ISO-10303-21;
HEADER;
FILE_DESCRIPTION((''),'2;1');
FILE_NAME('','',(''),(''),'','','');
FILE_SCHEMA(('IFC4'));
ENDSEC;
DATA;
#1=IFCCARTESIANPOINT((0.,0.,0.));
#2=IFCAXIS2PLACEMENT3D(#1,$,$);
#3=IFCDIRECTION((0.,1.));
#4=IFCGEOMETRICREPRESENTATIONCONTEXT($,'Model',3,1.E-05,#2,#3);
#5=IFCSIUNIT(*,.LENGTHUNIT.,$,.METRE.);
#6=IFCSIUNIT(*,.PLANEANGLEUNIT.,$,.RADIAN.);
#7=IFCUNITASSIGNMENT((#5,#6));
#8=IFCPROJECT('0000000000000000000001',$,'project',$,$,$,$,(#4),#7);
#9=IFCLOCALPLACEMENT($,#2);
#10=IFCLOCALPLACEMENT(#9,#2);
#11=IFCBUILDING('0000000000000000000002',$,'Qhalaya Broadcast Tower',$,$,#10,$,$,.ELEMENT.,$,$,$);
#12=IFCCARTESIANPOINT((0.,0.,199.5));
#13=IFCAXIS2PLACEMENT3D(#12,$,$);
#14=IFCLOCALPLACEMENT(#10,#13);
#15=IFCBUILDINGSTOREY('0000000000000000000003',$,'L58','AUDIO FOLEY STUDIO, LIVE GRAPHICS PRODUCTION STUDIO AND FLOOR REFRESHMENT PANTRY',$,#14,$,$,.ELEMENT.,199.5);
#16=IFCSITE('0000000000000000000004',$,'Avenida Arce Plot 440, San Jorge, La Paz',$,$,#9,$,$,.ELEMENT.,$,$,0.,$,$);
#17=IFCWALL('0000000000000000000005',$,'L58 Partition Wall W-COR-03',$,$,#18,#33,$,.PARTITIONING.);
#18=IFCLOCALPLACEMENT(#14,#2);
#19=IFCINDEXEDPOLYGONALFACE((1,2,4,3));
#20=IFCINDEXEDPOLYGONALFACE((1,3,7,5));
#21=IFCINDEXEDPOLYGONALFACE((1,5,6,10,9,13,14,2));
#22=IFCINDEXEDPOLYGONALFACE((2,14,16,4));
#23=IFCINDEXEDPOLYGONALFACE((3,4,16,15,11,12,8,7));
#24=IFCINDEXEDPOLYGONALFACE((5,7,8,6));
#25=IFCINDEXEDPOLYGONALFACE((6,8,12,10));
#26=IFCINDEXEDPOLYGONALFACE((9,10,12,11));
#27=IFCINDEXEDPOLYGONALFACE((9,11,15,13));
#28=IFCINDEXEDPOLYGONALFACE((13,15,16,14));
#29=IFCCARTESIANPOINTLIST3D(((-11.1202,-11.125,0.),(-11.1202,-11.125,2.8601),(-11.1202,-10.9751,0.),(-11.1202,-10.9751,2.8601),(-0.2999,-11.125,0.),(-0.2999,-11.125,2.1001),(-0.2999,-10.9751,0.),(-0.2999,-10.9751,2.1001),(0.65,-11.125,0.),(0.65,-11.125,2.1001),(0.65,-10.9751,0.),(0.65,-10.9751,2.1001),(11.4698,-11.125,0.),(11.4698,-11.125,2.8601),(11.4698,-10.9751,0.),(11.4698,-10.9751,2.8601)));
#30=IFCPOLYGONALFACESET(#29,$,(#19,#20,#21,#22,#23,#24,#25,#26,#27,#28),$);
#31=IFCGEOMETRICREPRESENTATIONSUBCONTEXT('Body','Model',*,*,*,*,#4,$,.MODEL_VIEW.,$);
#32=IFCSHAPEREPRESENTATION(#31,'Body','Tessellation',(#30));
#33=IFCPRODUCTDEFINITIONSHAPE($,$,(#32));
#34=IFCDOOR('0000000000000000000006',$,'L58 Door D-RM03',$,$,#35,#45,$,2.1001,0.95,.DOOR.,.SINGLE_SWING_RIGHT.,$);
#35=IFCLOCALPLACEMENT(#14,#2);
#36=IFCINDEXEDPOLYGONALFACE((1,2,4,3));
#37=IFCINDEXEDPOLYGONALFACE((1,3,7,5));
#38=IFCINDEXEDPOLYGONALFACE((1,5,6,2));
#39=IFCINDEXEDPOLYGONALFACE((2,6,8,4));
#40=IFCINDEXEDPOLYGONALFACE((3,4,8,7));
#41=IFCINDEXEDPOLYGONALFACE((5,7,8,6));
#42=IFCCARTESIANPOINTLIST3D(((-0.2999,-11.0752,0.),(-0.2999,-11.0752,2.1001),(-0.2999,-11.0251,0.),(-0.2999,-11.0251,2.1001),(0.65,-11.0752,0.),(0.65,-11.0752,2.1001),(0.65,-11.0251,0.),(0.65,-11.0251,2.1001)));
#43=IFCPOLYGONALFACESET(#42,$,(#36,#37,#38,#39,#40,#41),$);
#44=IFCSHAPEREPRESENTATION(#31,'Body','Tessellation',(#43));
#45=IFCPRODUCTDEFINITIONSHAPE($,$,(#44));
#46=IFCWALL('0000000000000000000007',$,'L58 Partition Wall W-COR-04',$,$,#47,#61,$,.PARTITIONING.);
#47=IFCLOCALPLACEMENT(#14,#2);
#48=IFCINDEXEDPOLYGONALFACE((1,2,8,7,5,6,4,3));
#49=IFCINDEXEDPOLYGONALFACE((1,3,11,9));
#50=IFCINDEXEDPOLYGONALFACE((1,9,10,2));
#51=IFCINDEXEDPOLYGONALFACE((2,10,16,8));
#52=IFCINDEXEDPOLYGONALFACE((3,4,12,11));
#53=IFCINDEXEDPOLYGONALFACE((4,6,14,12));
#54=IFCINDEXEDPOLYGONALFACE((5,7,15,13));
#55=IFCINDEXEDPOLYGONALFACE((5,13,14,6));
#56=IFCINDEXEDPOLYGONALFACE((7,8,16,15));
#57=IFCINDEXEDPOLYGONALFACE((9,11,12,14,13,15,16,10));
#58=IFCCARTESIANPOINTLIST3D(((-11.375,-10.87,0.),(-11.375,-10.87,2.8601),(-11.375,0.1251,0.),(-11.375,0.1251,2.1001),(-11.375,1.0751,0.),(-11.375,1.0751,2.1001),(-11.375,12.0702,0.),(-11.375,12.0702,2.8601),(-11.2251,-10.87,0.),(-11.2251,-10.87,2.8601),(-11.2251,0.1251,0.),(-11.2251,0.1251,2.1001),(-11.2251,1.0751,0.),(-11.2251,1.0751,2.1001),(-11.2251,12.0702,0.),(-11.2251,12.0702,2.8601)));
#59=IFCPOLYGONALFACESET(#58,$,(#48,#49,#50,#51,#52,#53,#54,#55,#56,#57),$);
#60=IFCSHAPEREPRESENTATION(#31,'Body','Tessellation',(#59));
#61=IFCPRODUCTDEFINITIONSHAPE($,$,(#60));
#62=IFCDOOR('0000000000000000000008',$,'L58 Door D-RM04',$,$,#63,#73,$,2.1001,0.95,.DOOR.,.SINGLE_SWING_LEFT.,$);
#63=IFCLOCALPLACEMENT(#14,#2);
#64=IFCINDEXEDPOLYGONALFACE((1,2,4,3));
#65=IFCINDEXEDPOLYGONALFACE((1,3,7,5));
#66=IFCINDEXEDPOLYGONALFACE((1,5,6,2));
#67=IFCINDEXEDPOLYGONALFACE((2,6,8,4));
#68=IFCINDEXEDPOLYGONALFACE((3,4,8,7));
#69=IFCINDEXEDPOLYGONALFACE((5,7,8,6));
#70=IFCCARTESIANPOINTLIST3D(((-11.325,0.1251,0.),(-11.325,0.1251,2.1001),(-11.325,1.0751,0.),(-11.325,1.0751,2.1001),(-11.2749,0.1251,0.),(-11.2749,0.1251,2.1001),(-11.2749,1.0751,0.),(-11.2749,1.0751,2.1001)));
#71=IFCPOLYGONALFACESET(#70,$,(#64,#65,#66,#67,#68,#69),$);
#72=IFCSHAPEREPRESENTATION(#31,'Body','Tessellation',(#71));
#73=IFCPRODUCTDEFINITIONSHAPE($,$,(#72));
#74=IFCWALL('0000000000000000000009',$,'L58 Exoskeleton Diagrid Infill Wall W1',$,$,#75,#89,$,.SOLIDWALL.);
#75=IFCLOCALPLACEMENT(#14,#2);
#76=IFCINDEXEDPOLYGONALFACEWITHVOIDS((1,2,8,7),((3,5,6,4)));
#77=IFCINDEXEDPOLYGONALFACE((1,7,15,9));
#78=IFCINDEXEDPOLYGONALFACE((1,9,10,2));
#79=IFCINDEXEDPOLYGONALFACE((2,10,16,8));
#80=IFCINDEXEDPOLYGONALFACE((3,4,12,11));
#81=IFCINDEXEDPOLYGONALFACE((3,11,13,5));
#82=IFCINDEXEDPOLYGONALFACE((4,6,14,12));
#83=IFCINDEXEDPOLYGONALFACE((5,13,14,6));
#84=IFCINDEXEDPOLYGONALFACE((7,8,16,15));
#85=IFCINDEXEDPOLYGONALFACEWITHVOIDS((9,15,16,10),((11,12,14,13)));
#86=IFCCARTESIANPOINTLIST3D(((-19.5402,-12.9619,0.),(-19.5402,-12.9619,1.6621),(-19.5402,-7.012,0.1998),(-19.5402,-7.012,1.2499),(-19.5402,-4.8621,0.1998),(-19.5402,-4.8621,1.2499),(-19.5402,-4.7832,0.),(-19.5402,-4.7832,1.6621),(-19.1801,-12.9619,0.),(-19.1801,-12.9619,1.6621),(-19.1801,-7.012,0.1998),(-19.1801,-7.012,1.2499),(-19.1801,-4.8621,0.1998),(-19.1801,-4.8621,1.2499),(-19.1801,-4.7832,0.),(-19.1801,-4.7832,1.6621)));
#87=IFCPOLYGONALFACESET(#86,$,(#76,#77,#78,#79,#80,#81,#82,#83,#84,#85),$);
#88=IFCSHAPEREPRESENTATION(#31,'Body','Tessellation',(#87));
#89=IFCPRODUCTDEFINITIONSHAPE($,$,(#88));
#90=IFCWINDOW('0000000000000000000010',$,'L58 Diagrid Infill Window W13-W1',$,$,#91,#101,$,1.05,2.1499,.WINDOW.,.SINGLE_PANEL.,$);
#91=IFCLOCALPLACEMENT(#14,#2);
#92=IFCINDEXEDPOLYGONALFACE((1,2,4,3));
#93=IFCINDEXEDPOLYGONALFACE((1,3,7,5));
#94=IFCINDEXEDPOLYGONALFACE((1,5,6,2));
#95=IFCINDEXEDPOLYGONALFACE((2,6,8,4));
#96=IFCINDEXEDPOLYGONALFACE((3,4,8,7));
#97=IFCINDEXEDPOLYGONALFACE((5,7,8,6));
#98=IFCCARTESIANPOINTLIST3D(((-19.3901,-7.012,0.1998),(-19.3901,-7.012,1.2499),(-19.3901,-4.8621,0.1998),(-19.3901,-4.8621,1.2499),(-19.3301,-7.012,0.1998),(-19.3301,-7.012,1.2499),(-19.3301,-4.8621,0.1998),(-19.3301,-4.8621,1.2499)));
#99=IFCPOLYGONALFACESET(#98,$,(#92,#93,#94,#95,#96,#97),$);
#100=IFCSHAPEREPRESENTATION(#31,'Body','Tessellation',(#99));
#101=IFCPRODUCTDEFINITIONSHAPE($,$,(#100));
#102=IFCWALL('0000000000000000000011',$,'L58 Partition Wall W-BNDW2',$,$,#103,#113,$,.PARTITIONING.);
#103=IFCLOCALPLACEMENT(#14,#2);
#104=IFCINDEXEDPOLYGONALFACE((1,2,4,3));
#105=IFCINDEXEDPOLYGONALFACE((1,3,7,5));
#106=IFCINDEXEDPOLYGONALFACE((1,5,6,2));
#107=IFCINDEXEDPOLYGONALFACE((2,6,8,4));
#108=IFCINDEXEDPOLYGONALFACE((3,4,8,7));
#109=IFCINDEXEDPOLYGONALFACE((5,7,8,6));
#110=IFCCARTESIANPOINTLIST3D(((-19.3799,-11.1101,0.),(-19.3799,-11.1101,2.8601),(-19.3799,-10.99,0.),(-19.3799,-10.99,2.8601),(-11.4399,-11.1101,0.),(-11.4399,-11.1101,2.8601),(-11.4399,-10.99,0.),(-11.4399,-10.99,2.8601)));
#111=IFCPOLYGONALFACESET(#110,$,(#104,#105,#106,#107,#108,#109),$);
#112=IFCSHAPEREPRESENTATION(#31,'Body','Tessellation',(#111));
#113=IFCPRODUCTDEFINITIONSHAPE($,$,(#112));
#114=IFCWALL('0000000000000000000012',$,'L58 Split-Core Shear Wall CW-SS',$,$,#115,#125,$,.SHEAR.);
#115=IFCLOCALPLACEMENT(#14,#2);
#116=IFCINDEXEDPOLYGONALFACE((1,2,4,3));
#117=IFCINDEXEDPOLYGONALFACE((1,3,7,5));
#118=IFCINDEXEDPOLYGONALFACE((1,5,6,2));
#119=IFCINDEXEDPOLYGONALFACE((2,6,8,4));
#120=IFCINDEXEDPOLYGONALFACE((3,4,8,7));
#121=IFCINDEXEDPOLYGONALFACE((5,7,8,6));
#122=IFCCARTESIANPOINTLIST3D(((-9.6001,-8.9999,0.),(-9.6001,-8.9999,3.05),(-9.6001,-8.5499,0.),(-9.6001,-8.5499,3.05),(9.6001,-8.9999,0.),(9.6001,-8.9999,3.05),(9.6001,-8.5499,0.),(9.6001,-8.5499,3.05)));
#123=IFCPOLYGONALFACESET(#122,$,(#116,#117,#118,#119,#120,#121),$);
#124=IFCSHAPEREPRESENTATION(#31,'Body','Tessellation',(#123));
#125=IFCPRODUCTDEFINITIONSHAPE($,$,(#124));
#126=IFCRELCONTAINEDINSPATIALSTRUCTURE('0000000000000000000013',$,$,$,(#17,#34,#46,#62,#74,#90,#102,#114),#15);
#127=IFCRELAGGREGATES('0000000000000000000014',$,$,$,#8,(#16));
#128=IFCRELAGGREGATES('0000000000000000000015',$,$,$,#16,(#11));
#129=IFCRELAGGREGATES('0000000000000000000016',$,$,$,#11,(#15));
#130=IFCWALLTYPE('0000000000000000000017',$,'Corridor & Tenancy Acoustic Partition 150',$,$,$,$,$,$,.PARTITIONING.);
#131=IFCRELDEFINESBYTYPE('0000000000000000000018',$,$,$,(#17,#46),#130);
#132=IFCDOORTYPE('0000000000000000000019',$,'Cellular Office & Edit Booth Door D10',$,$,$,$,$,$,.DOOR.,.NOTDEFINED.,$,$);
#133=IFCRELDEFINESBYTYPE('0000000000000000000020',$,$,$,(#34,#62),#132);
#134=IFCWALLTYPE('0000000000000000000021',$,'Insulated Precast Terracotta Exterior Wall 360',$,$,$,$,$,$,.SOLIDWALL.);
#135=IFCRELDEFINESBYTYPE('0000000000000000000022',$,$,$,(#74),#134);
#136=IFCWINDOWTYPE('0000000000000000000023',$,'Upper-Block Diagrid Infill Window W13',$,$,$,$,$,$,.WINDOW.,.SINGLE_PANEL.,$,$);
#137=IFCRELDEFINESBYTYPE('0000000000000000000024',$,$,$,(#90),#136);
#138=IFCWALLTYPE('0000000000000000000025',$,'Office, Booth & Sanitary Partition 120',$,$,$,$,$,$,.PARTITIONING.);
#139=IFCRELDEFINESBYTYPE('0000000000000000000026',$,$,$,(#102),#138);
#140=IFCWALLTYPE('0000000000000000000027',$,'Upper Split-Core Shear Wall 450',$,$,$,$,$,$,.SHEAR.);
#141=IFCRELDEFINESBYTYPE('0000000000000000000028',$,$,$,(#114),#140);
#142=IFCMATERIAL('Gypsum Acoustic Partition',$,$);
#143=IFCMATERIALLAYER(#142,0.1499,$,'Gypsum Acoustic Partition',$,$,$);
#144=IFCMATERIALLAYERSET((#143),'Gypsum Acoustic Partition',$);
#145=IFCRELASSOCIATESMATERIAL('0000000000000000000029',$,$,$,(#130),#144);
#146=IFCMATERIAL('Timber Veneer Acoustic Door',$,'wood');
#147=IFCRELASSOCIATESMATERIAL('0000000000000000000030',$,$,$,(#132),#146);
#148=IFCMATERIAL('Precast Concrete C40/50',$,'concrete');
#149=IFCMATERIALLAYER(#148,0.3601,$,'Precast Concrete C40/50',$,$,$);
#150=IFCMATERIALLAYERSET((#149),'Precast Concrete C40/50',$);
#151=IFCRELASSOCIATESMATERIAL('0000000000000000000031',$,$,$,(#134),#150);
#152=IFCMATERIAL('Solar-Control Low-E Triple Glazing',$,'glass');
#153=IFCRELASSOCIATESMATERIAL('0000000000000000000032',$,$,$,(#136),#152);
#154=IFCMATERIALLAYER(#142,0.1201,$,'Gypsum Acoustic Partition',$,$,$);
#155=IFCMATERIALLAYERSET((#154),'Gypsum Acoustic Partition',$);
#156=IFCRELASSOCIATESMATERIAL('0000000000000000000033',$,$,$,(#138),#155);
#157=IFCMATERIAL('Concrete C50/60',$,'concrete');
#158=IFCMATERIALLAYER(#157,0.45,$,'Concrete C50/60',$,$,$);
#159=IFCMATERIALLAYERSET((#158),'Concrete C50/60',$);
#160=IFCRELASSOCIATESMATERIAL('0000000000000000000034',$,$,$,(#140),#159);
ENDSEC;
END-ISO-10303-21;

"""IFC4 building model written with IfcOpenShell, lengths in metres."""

from ifc_helpers import new_model, si_unit, direction, frame, frame_2d, origin, place, context, subcontext, project, spatial, rectangle, extrude, material, layer, layer_set, type_object, element, fill, save


model = new_model("IFC4")

# Units and contexts
model_context = context("Model", 3, precision=1e-05, world=origin(), true_north=direction((0.0, 1.0)))
body_context = subcontext(model_context, "Body", "Model", "MODEL_VIEW")
ifc_project = project(units=[si_unit("LENGTHUNIT", "METRE"), si_unit("PLANEANGLEUNIT", "RADIAN")], contexts=[model_context])

# Site, building, storey
site_placement = place(None, origin())
site = spatial("IfcSite", under=ifc_project, at=site_placement, Name="Avenida Arce Plot 440, San Jorge, La Paz", CompositionType="ELEMENT", RefElevation=0.0)
building_placement = place(site_placement, origin())
building = spatial("IfcBuilding", under=site, at=building_placement, Name="Qhalaya Broadcast Tower", CompositionType="ELEMENT")
storey_placement = place(building_placement, frame((0.0, 0.0, 199.5)))
storey = spatial("IfcBuildingStorey", under=building, at=storey_placement, Name="L58", Description="AUDIO FOLEY STUDIO, LIVE GRAPHICS PRODUCTION STUDIO AND FLOOR REFRESHMENT PANTRY", CompositionType="ELEMENT", Elevation=199.5)

# Walls, openings, doors
ifc_material_1 = material(Name="Gypsum Acoustic Partition")
ifc_layer_1 = layer(ifc_material_1, 0.1499, Name="Gypsum Acoustic Partition")
ifc_layer_set_1 = layer_set([ifc_layer_1], Name="Gypsum Acoustic Partition")
wall_type_1 = type_object("IfcWallType", Name="Corridor & Tenancy Acoustic Partition 150", PredefinedType="PARTITIONING", material=ifc_layer_set_1)
wall_1_placement = place(storey_placement, frame((-11.1201, -11.05, 0.0), z_axis=(0.0, 0.0, 1.0), x_axis=(1.0, 0.0, 0.0)))
wall_1 = element("IfcWall", 1, at=wall_1_placement, inside=storey, type_object=wall_type_1, Name="L58 Partition Wall W-COR-03", PredefinedType="PARTITIONING", context=body_context, shape_type="SweptSolid", body=[
    extrude(rectangle(XDim=22.5901, YDim=0.1499, at=frame_2d((11.2949, 0.0))), origin(), (0.0, 0.0, 1.0), 2.8601),
])
opening_1_placement = place(wall_1_placement, frame((10.8201, 0.0, 0.0)))
opening_1 = element("IfcOpeningElement", 2, at=opening_1_placement, cuts=wall_1, PredefinedType="OPENING", context=body_context, shape_type="SweptSolid", body=[
    extrude(rectangle(XDim=0.95, YDim=2.1001, at=frame_2d((0.4751, 1.05))), frame((0.0, 0.0869, 0.0), z_axis=(0.0, -1.0, 0.0), x_axis=(1.0, 0.0, 0.0)), (0.0, 0.0, 1.0), 0.1738),
])
ifc_material_2 = material(Name="Timber Veneer Acoustic Door", Category="wood")
door_type = type_object("IfcDoorType", Name="Cellular Office & Edit Booth Door D10", OperationType="NOTDEFINED", PredefinedType="DOOR", material=ifc_material_2)
door_1_placement = place(opening_1_placement, origin())
door_1 = element("IfcDoor", 3, at=door_1_placement, inside=storey, type_object=door_type, Name="L58 Door D-RM03", OperationType="SINGLE_SWING_RIGHT", OverallHeight=2.1001, OverallWidth=0.95, PredefinedType="DOOR", context=body_context, shape_type="SweptSolid", body=[
    extrude(rectangle(XDim=0.95, YDim=2.1001, at=frame_2d((0.4751, 1.05))), frame((0.0, 0.0249, 0.0), z_axis=(0.0, -1.0, 0.0), x_axis=(1.0, 0.0, 0.0)), (0.0, 0.0, 1.0), 0.05),
])
fill(opening_1, door_1)
wall_2_placement = place(storey_placement, frame((-11.3, -10.8701, 0.0), z_axis=(0.0, 0.0, 1.0), x_axis=(0.0, 1.0, 0.0)))
wall_2 = element("IfcWall", 4, at=wall_2_placement, inside=storey, type_object=wall_type_1, Name="L58 Partition Wall W-COR-04", PredefinedType="PARTITIONING", context=body_context, shape_type="SweptSolid", body=[
    extrude(rectangle(XDim=22.9402, YDim=0.1499, at=frame_2d((11.4702, 0.0))), origin(), (0.0, 0.0, 1.0), 2.8601),
])
opening_2_placement = place(wall_2_placement, frame((10.9951, 0.0, 0.0)))
opening_2 = element("IfcOpeningElement", 5, at=opening_2_placement, cuts=wall_2, PredefinedType="OPENING", context=body_context, shape_type="SweptSolid", body=[
    extrude(rectangle(XDim=0.95, YDim=2.1001, at=frame_2d((0.4751, 1.05))), frame((0.0, 0.0869, 0.0), z_axis=(0.0, -1.0, 0.0), x_axis=(1.0, 0.0, 0.0)), (0.0, 0.0, 1.0), 0.1738),
])
door_2_placement = place(opening_2_placement, origin())
door_2 = element("IfcDoor", 6, at=door_2_placement, inside=storey, type_object=door_type, Name="L58 Door D-RM04", OperationType="SINGLE_SWING_LEFT", OverallHeight=2.1001, OverallWidth=0.95, PredefinedType="DOOR", context=body_context, shape_type="SweptSolid", body=[
    extrude(rectangle(XDim=0.95, YDim=2.1001, at=frame_2d((0.4751, 1.05))), frame((0.0, 0.0249, 0.0), z_axis=(0.0, -1.0, 0.0), x_axis=(1.0, 0.0, 0.0)), (0.0, 0.0, 1.0), 0.05),
])
fill(opening_2, door_2)

# Wall, opening, window
ifc_material_3 = material(Name="Precast Concrete C40/50", Category="concrete")
ifc_layer_2 = layer(ifc_material_3, 0.3601, Name="Precast Concrete C40/50")
ifc_layer_set_2 = layer_set([ifc_layer_2], Name="Precast Concrete C40/50")
wall_type_2 = type_object("IfcWallType", Name="Insulated Precast Terracotta Exterior Wall 360", PredefinedType="SOLIDWALL", material=ifc_layer_set_2)
wall_3_placement = place(storey_placement, frame((-19.3601, -12.9619, 0.0), z_axis=(0.0, 0.0, 1.0), x_axis=(0.0, 1.0, 0.0)))
wall_3 = element("IfcWall", 7, at=wall_3_placement, inside=storey, type_object=wall_type_2, Name="L58 Exoskeleton Diagrid Infill Wall W1", PredefinedType="SOLIDWALL", context=body_context, shape_type="SweptSolid", body=[
    extrude(rectangle(XDim=8.1787, YDim=0.3601, at=frame_2d((4.0894, 0.0))), origin(), (0.0, 0.0, 1.0), 1.6621),
])
opening_3_placement = place(wall_3_placement, frame((5.95, 0.0, 0.2)))
opening_3 = element("IfcOpeningElement", 8, at=opening_3_placement, cuts=wall_3, PredefinedType="OPENING", context=body_context, shape_type="SweptSolid", body=[
    extrude(rectangle(XDim=2.1499, YDim=1.05, at=frame_2d((1.075, 0.5249))), frame((0.0, 0.1921, 0.0), z_axis=(0.0, -1.0, 0.0), x_axis=(1.0, 0.0, 0.0)), (0.0, 0.0, 1.0), 0.384),
])
ifc_material_4 = material(Name="Solar-Control Low-E Triple Glazing", Category="glass")
window_type = type_object("IfcWindowType", Name="Upper-Block Diagrid Infill Window W13", PartitioningType="SINGLE_PANEL", PredefinedType="WINDOW", material=ifc_material_4)
window_placement = place(opening_3_placement, origin())
window = element("IfcWindow", 9, at=window_placement, inside=storey, type_object=window_type, Name="L58 Diagrid Infill Window W13-W1", OverallHeight=1.05, OverallWidth=2.1499, PartitioningType="SINGLE_PANEL", PredefinedType="WINDOW", context=body_context, shape_type="SweptSolid", body=[
    extrude(rectangle(XDim=2.1499, YDim=1.05, at=frame_2d((1.075, 0.5249))), frame((0.0, 0.03, 0.0), z_axis=(0.0, -1.0, 0.0), x_axis=(1.0, 0.0, 0.0)), (0.0, 0.0, 1.0), 0.0601),
])
fill(opening_3, window)

# Walls
ifc_layer_3 = layer(ifc_material_1, 0.1201, Name="Gypsum Acoustic Partition")
ifc_layer_set_3 = layer_set([ifc_layer_3], Name="Gypsum Acoustic Partition")
wall_type_3 = type_object("IfcWallType", Name="Office, Booth & Sanitary Partition 120", PredefinedType="PARTITIONING", material=ifc_layer_set_3)
wall_4_placement = place(storey_placement, frame((-19.3799, -11.05, 0.0), z_axis=(0.0, 0.0, 1.0), x_axis=(1.0, 0.0, 0.0)))
element("IfcWall", 10, at=wall_4_placement, inside=storey, type_object=wall_type_3, Name="L58 Partition Wall W-BNDW2", PredefinedType="PARTITIONING", context=body_context, shape_type="SweptSolid", body=[
    extrude(rectangle(XDim=7.9399, YDim=0.1201, at=frame_2d((3.97, 0.0))), origin(), (0.0, 0.0, 1.0), 2.8601),
])
ifc_material_5 = material(Name="Concrete C50/60", Category="concrete")
ifc_layer_4 = layer(ifc_material_5, 0.45, Name="Concrete C50/60")
ifc_layer_set_4 = layer_set([ifc_layer_4], Name="Concrete C50/60")
wall_type_4 = type_object("IfcWallType", Name="Upper Split-Core Shear Wall 450", PredefinedType="SHEAR", material=ifc_layer_set_4)
wall_5_placement = place(storey_placement, frame((-9.6001, -8.7749, 0.0), z_axis=(0.0, 0.0, 1.0), x_axis=(1.0, 0.0, 0.0)))
element("IfcWall", 11, at=wall_5_placement, inside=storey, type_object=wall_type_4, Name="L58 Split-Core Shear Wall CW-SS", PredefinedType="SHEAR", context=body_context, shape_type="SweptSolid", body=[
    extrude(rectangle(XDim=19.2002, YDim=0.45, at=frame_2d((9.6001, 0.0))), origin(), (0.0, 0.0, 1.0), 3.05),
])

save(model, "model.ifc")
